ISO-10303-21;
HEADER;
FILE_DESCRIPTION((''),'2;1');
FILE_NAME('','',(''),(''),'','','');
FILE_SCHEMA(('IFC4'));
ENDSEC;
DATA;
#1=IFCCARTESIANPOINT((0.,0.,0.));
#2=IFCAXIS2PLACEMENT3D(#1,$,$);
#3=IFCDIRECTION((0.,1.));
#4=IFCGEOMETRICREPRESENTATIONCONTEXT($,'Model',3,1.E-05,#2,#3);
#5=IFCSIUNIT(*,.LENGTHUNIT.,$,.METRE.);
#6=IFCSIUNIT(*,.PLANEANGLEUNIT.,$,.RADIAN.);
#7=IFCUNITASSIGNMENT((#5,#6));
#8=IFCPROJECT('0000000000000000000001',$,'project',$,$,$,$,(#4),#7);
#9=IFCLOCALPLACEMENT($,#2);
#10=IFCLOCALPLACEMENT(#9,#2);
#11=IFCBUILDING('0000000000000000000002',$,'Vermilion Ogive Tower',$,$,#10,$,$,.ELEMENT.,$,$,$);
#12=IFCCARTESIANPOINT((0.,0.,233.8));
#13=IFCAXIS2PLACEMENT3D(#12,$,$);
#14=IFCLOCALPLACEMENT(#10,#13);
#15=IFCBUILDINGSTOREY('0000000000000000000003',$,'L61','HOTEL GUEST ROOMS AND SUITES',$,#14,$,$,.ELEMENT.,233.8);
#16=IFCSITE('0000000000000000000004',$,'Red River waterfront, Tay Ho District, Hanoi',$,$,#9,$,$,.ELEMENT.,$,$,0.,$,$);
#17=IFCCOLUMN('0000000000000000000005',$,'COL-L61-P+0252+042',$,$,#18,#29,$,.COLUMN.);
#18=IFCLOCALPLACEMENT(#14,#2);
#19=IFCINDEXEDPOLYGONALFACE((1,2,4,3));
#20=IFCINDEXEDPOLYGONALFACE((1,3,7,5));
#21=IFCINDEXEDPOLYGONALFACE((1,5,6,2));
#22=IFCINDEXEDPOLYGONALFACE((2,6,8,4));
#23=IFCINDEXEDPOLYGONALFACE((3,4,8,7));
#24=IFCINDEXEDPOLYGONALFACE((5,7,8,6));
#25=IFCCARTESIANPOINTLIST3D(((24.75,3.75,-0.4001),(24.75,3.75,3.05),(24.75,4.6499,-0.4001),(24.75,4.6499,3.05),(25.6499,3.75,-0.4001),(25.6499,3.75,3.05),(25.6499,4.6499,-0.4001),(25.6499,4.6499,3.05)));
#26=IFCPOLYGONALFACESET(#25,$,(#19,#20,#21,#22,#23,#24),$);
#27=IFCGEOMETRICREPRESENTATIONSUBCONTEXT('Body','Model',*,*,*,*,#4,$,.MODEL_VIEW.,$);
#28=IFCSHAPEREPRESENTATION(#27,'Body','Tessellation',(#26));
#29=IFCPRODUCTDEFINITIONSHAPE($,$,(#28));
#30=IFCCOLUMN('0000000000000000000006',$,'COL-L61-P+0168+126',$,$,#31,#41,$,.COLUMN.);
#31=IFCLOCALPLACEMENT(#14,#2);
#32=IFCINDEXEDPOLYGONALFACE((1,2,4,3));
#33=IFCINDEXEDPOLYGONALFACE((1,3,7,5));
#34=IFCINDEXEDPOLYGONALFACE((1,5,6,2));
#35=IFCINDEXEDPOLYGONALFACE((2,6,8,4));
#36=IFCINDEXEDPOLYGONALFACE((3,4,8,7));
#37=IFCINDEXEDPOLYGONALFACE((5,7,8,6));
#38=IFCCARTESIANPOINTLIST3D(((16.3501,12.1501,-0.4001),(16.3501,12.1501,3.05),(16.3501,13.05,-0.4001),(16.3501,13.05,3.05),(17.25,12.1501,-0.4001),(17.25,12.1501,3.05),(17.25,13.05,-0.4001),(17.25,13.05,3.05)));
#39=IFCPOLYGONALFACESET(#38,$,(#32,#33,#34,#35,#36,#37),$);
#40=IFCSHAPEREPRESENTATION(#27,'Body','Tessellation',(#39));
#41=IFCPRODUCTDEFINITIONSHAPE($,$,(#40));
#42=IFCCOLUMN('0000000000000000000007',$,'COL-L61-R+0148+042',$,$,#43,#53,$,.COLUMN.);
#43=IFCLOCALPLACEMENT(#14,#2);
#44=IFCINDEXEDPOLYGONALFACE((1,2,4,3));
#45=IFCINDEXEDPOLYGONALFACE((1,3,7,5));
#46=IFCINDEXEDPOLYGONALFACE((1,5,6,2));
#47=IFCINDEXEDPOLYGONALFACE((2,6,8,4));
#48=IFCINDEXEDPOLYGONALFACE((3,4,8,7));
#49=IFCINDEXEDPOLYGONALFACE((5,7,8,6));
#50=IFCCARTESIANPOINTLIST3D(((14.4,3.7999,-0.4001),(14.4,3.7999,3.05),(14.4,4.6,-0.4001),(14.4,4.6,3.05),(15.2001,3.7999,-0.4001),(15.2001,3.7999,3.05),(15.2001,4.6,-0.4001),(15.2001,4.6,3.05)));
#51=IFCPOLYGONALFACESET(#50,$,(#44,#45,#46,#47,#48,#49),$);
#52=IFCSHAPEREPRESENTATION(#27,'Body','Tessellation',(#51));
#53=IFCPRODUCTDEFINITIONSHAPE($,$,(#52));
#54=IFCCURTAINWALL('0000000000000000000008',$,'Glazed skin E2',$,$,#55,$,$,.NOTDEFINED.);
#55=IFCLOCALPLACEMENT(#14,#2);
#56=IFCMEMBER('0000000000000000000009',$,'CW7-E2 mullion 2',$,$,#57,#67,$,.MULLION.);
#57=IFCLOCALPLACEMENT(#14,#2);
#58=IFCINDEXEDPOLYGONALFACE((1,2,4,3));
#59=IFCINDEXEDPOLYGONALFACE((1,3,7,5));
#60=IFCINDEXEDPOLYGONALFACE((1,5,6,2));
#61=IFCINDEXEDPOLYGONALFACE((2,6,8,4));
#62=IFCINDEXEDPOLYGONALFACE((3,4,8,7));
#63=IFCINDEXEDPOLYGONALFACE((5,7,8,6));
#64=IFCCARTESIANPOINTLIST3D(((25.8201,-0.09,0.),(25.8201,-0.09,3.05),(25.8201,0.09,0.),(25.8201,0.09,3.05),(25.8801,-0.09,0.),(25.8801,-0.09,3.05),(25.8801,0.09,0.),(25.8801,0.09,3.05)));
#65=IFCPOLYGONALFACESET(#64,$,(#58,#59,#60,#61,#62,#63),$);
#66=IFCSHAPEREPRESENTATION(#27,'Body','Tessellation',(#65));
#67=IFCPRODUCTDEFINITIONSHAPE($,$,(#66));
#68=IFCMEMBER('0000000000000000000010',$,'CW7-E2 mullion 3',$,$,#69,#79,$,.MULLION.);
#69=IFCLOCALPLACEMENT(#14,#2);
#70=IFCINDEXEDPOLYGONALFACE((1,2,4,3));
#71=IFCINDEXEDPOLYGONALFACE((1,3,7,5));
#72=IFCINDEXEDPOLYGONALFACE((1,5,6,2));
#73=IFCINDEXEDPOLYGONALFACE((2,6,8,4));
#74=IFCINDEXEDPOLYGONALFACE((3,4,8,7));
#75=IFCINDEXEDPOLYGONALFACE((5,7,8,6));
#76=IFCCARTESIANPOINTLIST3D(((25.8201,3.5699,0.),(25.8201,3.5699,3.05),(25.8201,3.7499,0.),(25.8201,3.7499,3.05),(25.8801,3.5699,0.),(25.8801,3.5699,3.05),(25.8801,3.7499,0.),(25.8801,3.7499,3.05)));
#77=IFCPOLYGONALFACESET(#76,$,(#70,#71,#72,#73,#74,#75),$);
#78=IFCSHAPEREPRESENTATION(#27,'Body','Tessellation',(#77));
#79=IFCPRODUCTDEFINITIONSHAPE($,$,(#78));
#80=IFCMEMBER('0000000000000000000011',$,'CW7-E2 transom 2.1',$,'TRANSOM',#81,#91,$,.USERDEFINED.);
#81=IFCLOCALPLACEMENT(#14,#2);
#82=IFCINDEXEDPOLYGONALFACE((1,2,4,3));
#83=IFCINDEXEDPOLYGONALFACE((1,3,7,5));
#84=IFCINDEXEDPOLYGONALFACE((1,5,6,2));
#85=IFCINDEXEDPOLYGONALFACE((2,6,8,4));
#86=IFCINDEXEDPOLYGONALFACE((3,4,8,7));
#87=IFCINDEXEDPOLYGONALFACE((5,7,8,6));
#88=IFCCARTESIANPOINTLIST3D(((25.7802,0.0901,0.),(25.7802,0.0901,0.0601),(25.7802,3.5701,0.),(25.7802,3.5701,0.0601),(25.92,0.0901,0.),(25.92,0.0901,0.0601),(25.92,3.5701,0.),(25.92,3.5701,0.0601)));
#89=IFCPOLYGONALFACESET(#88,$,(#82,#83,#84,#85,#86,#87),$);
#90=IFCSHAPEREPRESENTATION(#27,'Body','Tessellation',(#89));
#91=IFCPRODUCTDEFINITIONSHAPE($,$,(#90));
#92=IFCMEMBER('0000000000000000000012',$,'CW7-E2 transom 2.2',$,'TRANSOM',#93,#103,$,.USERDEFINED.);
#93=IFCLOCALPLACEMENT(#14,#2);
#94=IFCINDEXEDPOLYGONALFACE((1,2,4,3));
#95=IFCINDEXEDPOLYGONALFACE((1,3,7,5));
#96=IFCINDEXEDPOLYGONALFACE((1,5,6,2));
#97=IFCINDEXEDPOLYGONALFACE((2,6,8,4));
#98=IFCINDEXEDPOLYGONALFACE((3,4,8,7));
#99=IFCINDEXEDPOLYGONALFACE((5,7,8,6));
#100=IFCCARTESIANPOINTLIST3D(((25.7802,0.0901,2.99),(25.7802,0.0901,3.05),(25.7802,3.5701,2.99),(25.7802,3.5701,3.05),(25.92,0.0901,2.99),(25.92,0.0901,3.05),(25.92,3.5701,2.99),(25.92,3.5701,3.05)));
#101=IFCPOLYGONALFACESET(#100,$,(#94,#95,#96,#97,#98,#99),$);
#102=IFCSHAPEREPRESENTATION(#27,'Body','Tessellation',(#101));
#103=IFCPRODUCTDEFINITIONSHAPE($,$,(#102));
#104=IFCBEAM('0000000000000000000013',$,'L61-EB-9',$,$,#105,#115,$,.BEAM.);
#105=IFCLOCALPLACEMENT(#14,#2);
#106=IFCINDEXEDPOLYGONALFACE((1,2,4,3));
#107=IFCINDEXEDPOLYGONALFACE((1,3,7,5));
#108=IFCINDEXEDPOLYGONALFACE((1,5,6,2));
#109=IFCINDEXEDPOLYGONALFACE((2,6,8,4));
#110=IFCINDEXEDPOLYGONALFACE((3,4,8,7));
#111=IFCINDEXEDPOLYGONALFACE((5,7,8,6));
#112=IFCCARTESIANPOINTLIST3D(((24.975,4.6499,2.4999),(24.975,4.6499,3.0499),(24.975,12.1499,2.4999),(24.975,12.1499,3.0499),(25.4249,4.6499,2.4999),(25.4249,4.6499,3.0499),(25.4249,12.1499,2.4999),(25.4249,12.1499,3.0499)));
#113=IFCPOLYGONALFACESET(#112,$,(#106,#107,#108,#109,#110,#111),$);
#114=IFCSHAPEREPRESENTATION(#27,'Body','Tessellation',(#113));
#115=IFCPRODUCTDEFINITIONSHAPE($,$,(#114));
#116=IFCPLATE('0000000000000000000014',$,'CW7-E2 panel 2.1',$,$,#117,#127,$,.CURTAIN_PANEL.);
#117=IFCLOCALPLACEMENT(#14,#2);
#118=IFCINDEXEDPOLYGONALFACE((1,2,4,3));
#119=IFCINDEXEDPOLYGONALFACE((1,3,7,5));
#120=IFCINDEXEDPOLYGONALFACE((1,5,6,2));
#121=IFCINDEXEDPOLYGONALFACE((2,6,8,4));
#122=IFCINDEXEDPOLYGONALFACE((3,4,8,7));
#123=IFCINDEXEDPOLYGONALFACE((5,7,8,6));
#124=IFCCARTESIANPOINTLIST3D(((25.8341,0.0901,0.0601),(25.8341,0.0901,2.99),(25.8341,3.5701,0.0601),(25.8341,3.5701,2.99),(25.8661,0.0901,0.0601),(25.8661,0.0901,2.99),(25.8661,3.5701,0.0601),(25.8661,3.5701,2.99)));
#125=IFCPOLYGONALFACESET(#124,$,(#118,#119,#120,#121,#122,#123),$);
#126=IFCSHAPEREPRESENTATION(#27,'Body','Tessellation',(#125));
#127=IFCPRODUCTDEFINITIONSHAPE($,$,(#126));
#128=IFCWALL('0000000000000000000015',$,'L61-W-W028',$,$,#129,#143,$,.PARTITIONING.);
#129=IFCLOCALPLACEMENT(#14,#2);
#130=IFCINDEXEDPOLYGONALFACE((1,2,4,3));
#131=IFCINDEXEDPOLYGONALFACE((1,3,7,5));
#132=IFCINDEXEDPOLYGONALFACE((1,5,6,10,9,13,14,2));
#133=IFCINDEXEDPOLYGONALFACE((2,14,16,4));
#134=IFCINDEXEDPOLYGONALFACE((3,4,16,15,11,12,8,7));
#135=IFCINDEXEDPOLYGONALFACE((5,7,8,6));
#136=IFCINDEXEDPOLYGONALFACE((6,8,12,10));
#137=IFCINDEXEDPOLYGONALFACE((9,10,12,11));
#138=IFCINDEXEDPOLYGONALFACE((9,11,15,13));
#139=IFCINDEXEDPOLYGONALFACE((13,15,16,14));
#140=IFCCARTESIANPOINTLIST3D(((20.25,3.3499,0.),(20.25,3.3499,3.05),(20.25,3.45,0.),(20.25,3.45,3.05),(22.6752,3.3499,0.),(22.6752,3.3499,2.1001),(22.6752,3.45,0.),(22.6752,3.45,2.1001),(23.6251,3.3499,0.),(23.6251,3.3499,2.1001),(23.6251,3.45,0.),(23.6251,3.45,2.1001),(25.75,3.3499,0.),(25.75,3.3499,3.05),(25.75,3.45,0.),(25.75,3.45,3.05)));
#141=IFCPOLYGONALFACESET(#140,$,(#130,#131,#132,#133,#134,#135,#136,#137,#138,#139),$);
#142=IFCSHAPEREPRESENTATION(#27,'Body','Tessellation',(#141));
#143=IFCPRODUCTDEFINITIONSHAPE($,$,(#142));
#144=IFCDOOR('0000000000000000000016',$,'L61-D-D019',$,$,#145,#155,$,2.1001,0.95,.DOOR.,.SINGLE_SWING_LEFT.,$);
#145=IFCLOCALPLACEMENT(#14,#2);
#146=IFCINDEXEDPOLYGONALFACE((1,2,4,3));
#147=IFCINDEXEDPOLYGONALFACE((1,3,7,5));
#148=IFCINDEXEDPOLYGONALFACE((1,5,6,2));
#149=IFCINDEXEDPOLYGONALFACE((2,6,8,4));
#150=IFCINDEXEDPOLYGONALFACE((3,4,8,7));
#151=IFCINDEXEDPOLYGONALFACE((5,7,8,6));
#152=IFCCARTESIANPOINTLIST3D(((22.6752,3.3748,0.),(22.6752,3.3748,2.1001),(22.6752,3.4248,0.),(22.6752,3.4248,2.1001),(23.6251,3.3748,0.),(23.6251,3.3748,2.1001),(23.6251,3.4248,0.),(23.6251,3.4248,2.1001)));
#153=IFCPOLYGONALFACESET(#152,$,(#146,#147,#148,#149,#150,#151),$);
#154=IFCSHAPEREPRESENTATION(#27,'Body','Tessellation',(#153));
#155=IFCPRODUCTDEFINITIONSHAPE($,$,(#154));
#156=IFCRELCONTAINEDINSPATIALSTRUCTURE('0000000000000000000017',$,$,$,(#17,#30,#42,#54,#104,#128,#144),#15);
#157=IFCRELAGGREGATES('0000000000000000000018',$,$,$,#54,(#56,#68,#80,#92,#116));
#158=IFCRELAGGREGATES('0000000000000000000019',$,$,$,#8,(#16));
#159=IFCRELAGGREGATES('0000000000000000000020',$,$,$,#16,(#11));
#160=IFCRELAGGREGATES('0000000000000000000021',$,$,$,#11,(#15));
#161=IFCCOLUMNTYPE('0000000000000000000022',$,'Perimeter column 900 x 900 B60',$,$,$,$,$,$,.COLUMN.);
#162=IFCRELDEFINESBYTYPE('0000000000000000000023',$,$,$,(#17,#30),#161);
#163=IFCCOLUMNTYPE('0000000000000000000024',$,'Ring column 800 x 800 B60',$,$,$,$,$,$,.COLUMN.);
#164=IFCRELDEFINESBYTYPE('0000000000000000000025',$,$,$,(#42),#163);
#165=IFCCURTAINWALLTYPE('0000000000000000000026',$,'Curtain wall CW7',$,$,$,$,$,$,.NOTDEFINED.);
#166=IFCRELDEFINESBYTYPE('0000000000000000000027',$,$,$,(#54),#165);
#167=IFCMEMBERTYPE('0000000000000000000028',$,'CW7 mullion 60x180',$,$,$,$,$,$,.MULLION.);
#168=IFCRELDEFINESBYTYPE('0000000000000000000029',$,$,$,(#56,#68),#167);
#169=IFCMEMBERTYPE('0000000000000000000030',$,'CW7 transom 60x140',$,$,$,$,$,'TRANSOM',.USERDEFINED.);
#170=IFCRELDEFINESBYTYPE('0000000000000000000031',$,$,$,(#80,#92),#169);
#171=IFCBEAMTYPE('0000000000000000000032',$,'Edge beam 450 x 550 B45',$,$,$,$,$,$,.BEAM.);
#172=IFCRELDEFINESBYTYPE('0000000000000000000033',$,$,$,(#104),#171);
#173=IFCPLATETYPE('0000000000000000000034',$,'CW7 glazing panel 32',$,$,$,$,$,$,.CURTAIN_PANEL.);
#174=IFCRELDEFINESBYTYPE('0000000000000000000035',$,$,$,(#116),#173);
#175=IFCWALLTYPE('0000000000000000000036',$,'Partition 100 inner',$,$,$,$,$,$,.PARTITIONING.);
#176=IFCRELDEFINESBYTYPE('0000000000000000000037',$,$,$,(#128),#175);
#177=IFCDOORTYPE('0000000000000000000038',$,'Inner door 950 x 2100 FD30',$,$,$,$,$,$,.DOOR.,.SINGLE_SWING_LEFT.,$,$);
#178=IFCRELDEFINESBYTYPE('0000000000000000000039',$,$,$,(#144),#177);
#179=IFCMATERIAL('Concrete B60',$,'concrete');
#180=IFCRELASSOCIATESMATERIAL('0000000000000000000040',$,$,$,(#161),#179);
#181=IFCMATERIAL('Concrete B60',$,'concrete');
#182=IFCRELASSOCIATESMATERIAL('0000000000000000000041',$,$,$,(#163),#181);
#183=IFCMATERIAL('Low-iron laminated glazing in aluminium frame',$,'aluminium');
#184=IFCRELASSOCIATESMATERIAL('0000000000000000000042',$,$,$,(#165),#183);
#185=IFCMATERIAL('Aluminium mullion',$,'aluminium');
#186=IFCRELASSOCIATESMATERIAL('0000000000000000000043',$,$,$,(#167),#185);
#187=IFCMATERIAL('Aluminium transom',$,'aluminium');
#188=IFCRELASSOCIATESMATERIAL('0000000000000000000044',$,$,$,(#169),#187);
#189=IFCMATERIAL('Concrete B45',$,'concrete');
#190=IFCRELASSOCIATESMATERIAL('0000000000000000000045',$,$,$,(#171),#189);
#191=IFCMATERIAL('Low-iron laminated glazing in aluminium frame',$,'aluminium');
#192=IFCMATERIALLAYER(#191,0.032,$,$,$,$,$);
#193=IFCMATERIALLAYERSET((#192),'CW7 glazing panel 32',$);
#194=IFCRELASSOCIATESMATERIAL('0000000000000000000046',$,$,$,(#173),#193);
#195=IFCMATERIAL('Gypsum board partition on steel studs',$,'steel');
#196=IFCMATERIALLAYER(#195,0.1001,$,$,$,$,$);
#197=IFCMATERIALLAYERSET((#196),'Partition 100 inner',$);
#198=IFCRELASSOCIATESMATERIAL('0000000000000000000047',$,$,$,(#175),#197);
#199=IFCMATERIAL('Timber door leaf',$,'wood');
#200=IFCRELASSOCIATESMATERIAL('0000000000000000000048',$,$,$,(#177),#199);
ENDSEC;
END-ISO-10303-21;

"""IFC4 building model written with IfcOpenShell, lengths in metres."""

from ifc_helpers import new_model, si_unit, direction, frame, frame_2d, origin, origin_2d, place, context, subcontext, project, spatial, rectangle, extrude, material, layer, layer_set, material_profile, profile_set, type_object, element, fill, aggregate, save


model = new_model("IFC4")

# Units and contexts
model_context = context("Model", 3, precision=1e-05, world=origin(), true_north=direction((0.0, 1.0)))
body_context = subcontext(model_context, "Body", "Model", "MODEL_VIEW")
ifc_project = project(units=[si_unit("LENGTHUNIT", "METRE"), si_unit("PLANEANGLEUNIT", "RADIAN")], contexts=[model_context])

# Site, building, storey
site_placement = place(None, origin())
site = spatial("IfcSite", under=ifc_project, at=site_placement, Name="Red River waterfront, Tay Ho District, Hanoi", CompositionType="ELEMENT", RefElevation=0.0)
building_placement = place(site_placement, origin())
building = spatial("IfcBuilding", under=site, at=building_placement, Name="Vermilion Ogive Tower", CompositionType="ELEMENT")
storey_placement = place(building_placement, frame((0.0, 0.0, 233.8)))
storey = spatial("IfcBuildingStorey", under=building, at=storey_placement, Name="L61", Description="HOTEL GUEST ROOMS AND SUITES", CompositionType="ELEMENT", Elevation=233.8)

# Columns
ifc_material_1 = material(Name="Concrete B60", Category="concrete")
ifc_material_profile_1 = material_profile(ifc_material_1, rectangle(XDim=0.8999, YDim=0.8999, at=origin_2d()), Name="900 x 900")
ifc_profile_set_1 = profile_set([ifc_material_profile_1], Name="Concrete B60")
column_type_1 = type_object("IfcColumnType", Name="Perimeter column 900 x 900 B60", PredefinedType="COLUMN", material=ifc_profile_set_1)
for number, where, z_axis, x_axis, name in (
    (1, (25.2, 4.2, -0.4001), (0.0, 0.0, 1.0), (1.0, 0.0, 0.0), "COL-L61-P+0252+042"),
    (2, (16.8, 12.6001, -0.4001), (0.0, 0.0, 1.0), (1.0, 0.0, 0.0), "COL-L61-P+0168+126"),
):
    element("IfcColumn", number, at=place(storey_placement, frame(where, z_axis=z_axis, x_axis=x_axis)), inside=storey, type_object=column_type_1, Name=name, PredefinedType="COLUMN", context=body_context, shape_type="SweptSolid", body=[
        extrude(rectangle(XDim=0.8999, YDim=0.8999, at=origin_2d()), origin(), (0.0, 0.0, 1.0), 3.4502),
    ])
ifc_material_2 = material(Name="Concrete B60", Category="concrete")
ifc_material_profile_2 = material_profile(ifc_material_2, rectangle(XDim=0.8, YDim=0.8, at=origin_2d()), Name="800 x 800")
ifc_profile_set_2 = profile_set([ifc_material_profile_2], Name="Concrete B60")
column_type_2 = type_object("IfcColumnType", Name="Ring column 800 x 800 B60", PredefinedType="COLUMN", material=ifc_profile_set_2)
column_placement = place(storey_placement, frame((14.8, 4.2, -0.4001), z_axis=(0.0, 0.0, 1.0), x_axis=(1.0, 0.0, 0.0)))
element("IfcColumn", 3, at=column_placement, inside=storey, type_object=column_type_2, Name="COL-L61-R+0148+042", PredefinedType="COLUMN", context=body_context, shape_type="SweptSolid", body=[
    extrude(rectangle(XDim=0.8, YDim=0.8, at=origin_2d()), origin(), (0.0, 0.0, 1.0), 3.4502),
])

# Curtain wall, members
ifc_material_3 = material(Name="Low-iron laminated glazing in aluminium frame", Category="aluminium")
curtain_wall_type = type_object("IfcCurtainWallType", Name="Curtain wall CW7", PredefinedType="NOTDEFINED", material=ifc_material_3)
curtain_wall_placement = place(storey_placement, origin())
curtain_wall = element("IfcCurtainWall", 4, at=curtain_wall_placement, inside=storey, type_object=curtain_wall_type, Name="Glazed skin E2", PredefinedType="NOTDEFINED")
ifc_material_4 = material(Name="Aluminium mullion", Category="aluminium")
ifc_material_profile_3 = material_profile(ifc_material_4, rectangle(XDim=0.0601, YDim=0.1799, at=origin_2d()), Name="AL 60x180")
ifc_profile_set_3 = profile_set([ifc_material_profile_3], Name="Aluminium mullion")
member_type_1 = type_object("IfcMemberType", Name="CW7 mullion 60x180", PredefinedType="MULLION", material=ifc_profile_set_3)
member_1_placement = place(storey_placement, frame((25.8501, 0.0, 0.0), z_axis=(0.0, 0.0, 1.0), x_axis=(-1.0, 0.0, 0.0)))
member_1 = element("IfcMember", 5, at=member_1_placement, type_object=member_type_1, Name="CW7-E2 mullion 2", PredefinedType="MULLION", context=body_context, shape_type="SweptSolid", body=[
    extrude(rectangle(XDim=0.0601, YDim=0.1799, at=origin_2d()), origin(), (0.0, 0.0, 1.0), 3.05),
])
member_2_placement = place(storey_placement, frame((25.8501, 3.6599, 0.0), z_axis=(0.0, 0.0, 1.0), x_axis=(-1.0, 0.0, 0.0)))
member_2 = element("IfcMember", 6, at=member_2_placement, type_object=member_type_1, Name="CW7-E2 mullion 3", PredefinedType="MULLION", context=body_context, shape_type="SweptSolid", body=[
    extrude(rectangle(XDim=0.0601, YDim=0.1799, at=origin_2d()), origin(), (0.0, 0.0, 1.0), 3.05),
])
ifc_material_5 = material(Name="Aluminium transom", Category="aluminium")
ifc_material_profile_4 = material_profile(ifc_material_5, rectangle(XDim=0.1399, YDim=0.0601, at=origin_2d()), Name="AL 60x140")
ifc_profile_set_4 = profile_set([ifc_material_profile_4], Name="Aluminium transom")
member_type_2 = type_object("IfcMemberType", Name="CW7 transom 60x140", ElementType="TRANSOM", PredefinedType="USERDEFINED", material=ifc_profile_set_4)
member_3_placement = place(storey_placement, frame((25.8501, 0.0901, 0.03), z_axis=(0.0, 1.0, 0.0), x_axis=(-1.0, 0.0, 0.0)))
member_3 = element("IfcMember", 7, at=member_3_placement, type_object=member_type_2, Name="CW7-E2 transom 2.1", ObjectType="TRANSOM", PredefinedType="USERDEFINED", context=body_context, shape_type="SweptSolid", body=[
    extrude(rectangle(XDim=0.1399, YDim=0.0601, at=origin_2d()), origin(), (0.0, 0.0, 1.0), 3.48),
])
member_4_placement = place(storey_placement, frame((25.8501, 0.0901, 3.02), z_axis=(0.0, 1.0, 0.0), x_axis=(-1.0, 0.0, 0.0)))
member_4 = element("IfcMember", 8, at=member_4_placement, type_object=member_type_2, Name="CW7-E2 transom 2.2", ObjectType="TRANSOM", PredefinedType="USERDEFINED", context=body_context, shape_type="SweptSolid", body=[
    extrude(rectangle(XDim=0.1399, YDim=0.0601, at=origin_2d()), origin(), (0.0, 0.0, 1.0), 3.48),
])

# Beam
ifc_material_6 = material(Name="Concrete B45", Category="concrete")
ifc_material_profile_5 = material_profile(ifc_material_6, rectangle(XDim=0.45, YDim=0.55, at=origin_2d()), Name="450 x 550")
ifc_profile_set_5 = profile_set([ifc_material_profile_5], Name="Concrete B45")
beam_type = type_object("IfcBeamType", Name="Edge beam 450 x 550 B45", PredefinedType="BEAM", material=ifc_profile_set_5)
beam_placement = place(storey_placement, frame((25.2, 4.6499, 2.7749), z_axis=(0.0, 1.0, 0.0), x_axis=(-1.0, 0.0, 0.0)))
element("IfcBeam", 9, at=beam_placement, inside=storey, type_object=beam_type, Name="L61-EB-9", PredefinedType="BEAM", context=body_context, shape_type="SweptSolid", body=[
    extrude(rectangle(XDim=0.45, YDim=0.55, at=origin_2d()), origin(), (0.0, 0.0, 1.0), 7.5),
])

# Plate
ifc_material_7 = material(Name="Low-iron laminated glazing in aluminium frame", Category="aluminium")
ifc_layer_1 = layer(ifc_material_7, 0.032)
ifc_layer_set_1 = layer_set([ifc_layer_1], Name="CW7 glazing panel 32")
plate_type = type_object("IfcPlateType", Name="CW7 glazing panel 32", PredefinedType="CURTAIN_PANEL", material=ifc_layer_set_1)
plate_placement = place(storey_placement, frame((25.8501, 1.8301, 0.0601), z_axis=(0.0, 0.0, 1.0), x_axis=(0.0, 1.0, 0.0)))
plate = element("IfcPlate", 10, at=plate_placement, type_object=plate_type, Name="CW7-E2 panel 2.1", PredefinedType="CURTAIN_PANEL", context=body_context, shape_type="SweptSolid", body=[
    extrude(rectangle(XDim=3.48, YDim=0.032, at=origin_2d()), origin(), (0.0, 0.0, 1.0), 2.9299),
])
aggregate(curtain_wall, [member_1, member_2, member_3, member_4, plate])

# Wall, opening, door
ifc_material_8 = material(Name="Gypsum board partition on steel studs", Category="steel")
ifc_layer_2 = layer(ifc_material_8, 0.1001)
ifc_layer_set_2 = layer_set([ifc_layer_2], Name="Partition 100 inner")
wall_type_1 = type_object("IfcWallType", Name="Partition 100 inner", PredefinedType="PARTITIONING", material=ifc_layer_set_2)
wall_1_placement = place(storey_placement, frame((20.25, 3.3999, 0.0), z_axis=(0.0, 0.0, 1.0), x_axis=(1.0, 0.0, 0.0)))
wall_1 = element("IfcWall", 11, at=wall_1_placement, inside=storey, type_object=wall_type_1, Name="L61-W-W028", PredefinedType="PARTITIONING", context=body_context, shape_type="SweptSolid", body=[
    extrude(rectangle(XDim=5.5, YDim=0.1001, at=frame_2d((2.75, 0.0))), origin(), (0.0, 0.0, 1.0), 3.05),
])
opening_1_placement = place(wall_1_placement, frame((2.425, 0.0, 0.0)))
opening_1 = element("IfcOpeningElement", 12, at=opening_1_placement, cuts=wall_1, PredefinedType="OPENING", context=body_context, shape_type="SweptSolid", body=[
    extrude(rectangle(XDim=0.95, YDim=2.1001, at=frame_2d((0.4751, 1.05))), frame((0.0, 0.0601, 0.0), z_axis=(0.0, -1.0, 0.0), x_axis=(1.0, 0.0, 0.0)), (0.0, 0.0, 1.0), 0.1201),
])
ifc_material_9 = material(Name="Timber door leaf", Category="wood")
door_type_1 = type_object("IfcDoorType", Name="Inner door 950 x 2100 FD30", OperationType="SINGLE_SWING_LEFT", PredefinedType="DOOR", material=ifc_material_9)
door_1_placement = place(opening_1_placement, origin())
door_1 = element("IfcDoor", 13, at=door_1_placement, inside=storey, type_object=door_type_1, Name="L61-D-D019", OperationType="SINGLE_SWING_LEFT", OverallHeight=2.1001, OverallWidth=0.95, PredefinedType="DOOR", context=body_context, shape_type="SweptSolid", body=[
    extrude(rectangle(XDim=0.95, YDim=2.1001, at=frame_2d((0.4751, 1.05))), frame((0.0, 0.0249, 0.0), z_axis=(0.0, -1.0, 0.0), x_axis=(1.0, 0.0, 0.0)), (0.0, 0.0, 1.0), 0.05),
])
fill(opening_1, door_1)

save(model, "model.ifc")
